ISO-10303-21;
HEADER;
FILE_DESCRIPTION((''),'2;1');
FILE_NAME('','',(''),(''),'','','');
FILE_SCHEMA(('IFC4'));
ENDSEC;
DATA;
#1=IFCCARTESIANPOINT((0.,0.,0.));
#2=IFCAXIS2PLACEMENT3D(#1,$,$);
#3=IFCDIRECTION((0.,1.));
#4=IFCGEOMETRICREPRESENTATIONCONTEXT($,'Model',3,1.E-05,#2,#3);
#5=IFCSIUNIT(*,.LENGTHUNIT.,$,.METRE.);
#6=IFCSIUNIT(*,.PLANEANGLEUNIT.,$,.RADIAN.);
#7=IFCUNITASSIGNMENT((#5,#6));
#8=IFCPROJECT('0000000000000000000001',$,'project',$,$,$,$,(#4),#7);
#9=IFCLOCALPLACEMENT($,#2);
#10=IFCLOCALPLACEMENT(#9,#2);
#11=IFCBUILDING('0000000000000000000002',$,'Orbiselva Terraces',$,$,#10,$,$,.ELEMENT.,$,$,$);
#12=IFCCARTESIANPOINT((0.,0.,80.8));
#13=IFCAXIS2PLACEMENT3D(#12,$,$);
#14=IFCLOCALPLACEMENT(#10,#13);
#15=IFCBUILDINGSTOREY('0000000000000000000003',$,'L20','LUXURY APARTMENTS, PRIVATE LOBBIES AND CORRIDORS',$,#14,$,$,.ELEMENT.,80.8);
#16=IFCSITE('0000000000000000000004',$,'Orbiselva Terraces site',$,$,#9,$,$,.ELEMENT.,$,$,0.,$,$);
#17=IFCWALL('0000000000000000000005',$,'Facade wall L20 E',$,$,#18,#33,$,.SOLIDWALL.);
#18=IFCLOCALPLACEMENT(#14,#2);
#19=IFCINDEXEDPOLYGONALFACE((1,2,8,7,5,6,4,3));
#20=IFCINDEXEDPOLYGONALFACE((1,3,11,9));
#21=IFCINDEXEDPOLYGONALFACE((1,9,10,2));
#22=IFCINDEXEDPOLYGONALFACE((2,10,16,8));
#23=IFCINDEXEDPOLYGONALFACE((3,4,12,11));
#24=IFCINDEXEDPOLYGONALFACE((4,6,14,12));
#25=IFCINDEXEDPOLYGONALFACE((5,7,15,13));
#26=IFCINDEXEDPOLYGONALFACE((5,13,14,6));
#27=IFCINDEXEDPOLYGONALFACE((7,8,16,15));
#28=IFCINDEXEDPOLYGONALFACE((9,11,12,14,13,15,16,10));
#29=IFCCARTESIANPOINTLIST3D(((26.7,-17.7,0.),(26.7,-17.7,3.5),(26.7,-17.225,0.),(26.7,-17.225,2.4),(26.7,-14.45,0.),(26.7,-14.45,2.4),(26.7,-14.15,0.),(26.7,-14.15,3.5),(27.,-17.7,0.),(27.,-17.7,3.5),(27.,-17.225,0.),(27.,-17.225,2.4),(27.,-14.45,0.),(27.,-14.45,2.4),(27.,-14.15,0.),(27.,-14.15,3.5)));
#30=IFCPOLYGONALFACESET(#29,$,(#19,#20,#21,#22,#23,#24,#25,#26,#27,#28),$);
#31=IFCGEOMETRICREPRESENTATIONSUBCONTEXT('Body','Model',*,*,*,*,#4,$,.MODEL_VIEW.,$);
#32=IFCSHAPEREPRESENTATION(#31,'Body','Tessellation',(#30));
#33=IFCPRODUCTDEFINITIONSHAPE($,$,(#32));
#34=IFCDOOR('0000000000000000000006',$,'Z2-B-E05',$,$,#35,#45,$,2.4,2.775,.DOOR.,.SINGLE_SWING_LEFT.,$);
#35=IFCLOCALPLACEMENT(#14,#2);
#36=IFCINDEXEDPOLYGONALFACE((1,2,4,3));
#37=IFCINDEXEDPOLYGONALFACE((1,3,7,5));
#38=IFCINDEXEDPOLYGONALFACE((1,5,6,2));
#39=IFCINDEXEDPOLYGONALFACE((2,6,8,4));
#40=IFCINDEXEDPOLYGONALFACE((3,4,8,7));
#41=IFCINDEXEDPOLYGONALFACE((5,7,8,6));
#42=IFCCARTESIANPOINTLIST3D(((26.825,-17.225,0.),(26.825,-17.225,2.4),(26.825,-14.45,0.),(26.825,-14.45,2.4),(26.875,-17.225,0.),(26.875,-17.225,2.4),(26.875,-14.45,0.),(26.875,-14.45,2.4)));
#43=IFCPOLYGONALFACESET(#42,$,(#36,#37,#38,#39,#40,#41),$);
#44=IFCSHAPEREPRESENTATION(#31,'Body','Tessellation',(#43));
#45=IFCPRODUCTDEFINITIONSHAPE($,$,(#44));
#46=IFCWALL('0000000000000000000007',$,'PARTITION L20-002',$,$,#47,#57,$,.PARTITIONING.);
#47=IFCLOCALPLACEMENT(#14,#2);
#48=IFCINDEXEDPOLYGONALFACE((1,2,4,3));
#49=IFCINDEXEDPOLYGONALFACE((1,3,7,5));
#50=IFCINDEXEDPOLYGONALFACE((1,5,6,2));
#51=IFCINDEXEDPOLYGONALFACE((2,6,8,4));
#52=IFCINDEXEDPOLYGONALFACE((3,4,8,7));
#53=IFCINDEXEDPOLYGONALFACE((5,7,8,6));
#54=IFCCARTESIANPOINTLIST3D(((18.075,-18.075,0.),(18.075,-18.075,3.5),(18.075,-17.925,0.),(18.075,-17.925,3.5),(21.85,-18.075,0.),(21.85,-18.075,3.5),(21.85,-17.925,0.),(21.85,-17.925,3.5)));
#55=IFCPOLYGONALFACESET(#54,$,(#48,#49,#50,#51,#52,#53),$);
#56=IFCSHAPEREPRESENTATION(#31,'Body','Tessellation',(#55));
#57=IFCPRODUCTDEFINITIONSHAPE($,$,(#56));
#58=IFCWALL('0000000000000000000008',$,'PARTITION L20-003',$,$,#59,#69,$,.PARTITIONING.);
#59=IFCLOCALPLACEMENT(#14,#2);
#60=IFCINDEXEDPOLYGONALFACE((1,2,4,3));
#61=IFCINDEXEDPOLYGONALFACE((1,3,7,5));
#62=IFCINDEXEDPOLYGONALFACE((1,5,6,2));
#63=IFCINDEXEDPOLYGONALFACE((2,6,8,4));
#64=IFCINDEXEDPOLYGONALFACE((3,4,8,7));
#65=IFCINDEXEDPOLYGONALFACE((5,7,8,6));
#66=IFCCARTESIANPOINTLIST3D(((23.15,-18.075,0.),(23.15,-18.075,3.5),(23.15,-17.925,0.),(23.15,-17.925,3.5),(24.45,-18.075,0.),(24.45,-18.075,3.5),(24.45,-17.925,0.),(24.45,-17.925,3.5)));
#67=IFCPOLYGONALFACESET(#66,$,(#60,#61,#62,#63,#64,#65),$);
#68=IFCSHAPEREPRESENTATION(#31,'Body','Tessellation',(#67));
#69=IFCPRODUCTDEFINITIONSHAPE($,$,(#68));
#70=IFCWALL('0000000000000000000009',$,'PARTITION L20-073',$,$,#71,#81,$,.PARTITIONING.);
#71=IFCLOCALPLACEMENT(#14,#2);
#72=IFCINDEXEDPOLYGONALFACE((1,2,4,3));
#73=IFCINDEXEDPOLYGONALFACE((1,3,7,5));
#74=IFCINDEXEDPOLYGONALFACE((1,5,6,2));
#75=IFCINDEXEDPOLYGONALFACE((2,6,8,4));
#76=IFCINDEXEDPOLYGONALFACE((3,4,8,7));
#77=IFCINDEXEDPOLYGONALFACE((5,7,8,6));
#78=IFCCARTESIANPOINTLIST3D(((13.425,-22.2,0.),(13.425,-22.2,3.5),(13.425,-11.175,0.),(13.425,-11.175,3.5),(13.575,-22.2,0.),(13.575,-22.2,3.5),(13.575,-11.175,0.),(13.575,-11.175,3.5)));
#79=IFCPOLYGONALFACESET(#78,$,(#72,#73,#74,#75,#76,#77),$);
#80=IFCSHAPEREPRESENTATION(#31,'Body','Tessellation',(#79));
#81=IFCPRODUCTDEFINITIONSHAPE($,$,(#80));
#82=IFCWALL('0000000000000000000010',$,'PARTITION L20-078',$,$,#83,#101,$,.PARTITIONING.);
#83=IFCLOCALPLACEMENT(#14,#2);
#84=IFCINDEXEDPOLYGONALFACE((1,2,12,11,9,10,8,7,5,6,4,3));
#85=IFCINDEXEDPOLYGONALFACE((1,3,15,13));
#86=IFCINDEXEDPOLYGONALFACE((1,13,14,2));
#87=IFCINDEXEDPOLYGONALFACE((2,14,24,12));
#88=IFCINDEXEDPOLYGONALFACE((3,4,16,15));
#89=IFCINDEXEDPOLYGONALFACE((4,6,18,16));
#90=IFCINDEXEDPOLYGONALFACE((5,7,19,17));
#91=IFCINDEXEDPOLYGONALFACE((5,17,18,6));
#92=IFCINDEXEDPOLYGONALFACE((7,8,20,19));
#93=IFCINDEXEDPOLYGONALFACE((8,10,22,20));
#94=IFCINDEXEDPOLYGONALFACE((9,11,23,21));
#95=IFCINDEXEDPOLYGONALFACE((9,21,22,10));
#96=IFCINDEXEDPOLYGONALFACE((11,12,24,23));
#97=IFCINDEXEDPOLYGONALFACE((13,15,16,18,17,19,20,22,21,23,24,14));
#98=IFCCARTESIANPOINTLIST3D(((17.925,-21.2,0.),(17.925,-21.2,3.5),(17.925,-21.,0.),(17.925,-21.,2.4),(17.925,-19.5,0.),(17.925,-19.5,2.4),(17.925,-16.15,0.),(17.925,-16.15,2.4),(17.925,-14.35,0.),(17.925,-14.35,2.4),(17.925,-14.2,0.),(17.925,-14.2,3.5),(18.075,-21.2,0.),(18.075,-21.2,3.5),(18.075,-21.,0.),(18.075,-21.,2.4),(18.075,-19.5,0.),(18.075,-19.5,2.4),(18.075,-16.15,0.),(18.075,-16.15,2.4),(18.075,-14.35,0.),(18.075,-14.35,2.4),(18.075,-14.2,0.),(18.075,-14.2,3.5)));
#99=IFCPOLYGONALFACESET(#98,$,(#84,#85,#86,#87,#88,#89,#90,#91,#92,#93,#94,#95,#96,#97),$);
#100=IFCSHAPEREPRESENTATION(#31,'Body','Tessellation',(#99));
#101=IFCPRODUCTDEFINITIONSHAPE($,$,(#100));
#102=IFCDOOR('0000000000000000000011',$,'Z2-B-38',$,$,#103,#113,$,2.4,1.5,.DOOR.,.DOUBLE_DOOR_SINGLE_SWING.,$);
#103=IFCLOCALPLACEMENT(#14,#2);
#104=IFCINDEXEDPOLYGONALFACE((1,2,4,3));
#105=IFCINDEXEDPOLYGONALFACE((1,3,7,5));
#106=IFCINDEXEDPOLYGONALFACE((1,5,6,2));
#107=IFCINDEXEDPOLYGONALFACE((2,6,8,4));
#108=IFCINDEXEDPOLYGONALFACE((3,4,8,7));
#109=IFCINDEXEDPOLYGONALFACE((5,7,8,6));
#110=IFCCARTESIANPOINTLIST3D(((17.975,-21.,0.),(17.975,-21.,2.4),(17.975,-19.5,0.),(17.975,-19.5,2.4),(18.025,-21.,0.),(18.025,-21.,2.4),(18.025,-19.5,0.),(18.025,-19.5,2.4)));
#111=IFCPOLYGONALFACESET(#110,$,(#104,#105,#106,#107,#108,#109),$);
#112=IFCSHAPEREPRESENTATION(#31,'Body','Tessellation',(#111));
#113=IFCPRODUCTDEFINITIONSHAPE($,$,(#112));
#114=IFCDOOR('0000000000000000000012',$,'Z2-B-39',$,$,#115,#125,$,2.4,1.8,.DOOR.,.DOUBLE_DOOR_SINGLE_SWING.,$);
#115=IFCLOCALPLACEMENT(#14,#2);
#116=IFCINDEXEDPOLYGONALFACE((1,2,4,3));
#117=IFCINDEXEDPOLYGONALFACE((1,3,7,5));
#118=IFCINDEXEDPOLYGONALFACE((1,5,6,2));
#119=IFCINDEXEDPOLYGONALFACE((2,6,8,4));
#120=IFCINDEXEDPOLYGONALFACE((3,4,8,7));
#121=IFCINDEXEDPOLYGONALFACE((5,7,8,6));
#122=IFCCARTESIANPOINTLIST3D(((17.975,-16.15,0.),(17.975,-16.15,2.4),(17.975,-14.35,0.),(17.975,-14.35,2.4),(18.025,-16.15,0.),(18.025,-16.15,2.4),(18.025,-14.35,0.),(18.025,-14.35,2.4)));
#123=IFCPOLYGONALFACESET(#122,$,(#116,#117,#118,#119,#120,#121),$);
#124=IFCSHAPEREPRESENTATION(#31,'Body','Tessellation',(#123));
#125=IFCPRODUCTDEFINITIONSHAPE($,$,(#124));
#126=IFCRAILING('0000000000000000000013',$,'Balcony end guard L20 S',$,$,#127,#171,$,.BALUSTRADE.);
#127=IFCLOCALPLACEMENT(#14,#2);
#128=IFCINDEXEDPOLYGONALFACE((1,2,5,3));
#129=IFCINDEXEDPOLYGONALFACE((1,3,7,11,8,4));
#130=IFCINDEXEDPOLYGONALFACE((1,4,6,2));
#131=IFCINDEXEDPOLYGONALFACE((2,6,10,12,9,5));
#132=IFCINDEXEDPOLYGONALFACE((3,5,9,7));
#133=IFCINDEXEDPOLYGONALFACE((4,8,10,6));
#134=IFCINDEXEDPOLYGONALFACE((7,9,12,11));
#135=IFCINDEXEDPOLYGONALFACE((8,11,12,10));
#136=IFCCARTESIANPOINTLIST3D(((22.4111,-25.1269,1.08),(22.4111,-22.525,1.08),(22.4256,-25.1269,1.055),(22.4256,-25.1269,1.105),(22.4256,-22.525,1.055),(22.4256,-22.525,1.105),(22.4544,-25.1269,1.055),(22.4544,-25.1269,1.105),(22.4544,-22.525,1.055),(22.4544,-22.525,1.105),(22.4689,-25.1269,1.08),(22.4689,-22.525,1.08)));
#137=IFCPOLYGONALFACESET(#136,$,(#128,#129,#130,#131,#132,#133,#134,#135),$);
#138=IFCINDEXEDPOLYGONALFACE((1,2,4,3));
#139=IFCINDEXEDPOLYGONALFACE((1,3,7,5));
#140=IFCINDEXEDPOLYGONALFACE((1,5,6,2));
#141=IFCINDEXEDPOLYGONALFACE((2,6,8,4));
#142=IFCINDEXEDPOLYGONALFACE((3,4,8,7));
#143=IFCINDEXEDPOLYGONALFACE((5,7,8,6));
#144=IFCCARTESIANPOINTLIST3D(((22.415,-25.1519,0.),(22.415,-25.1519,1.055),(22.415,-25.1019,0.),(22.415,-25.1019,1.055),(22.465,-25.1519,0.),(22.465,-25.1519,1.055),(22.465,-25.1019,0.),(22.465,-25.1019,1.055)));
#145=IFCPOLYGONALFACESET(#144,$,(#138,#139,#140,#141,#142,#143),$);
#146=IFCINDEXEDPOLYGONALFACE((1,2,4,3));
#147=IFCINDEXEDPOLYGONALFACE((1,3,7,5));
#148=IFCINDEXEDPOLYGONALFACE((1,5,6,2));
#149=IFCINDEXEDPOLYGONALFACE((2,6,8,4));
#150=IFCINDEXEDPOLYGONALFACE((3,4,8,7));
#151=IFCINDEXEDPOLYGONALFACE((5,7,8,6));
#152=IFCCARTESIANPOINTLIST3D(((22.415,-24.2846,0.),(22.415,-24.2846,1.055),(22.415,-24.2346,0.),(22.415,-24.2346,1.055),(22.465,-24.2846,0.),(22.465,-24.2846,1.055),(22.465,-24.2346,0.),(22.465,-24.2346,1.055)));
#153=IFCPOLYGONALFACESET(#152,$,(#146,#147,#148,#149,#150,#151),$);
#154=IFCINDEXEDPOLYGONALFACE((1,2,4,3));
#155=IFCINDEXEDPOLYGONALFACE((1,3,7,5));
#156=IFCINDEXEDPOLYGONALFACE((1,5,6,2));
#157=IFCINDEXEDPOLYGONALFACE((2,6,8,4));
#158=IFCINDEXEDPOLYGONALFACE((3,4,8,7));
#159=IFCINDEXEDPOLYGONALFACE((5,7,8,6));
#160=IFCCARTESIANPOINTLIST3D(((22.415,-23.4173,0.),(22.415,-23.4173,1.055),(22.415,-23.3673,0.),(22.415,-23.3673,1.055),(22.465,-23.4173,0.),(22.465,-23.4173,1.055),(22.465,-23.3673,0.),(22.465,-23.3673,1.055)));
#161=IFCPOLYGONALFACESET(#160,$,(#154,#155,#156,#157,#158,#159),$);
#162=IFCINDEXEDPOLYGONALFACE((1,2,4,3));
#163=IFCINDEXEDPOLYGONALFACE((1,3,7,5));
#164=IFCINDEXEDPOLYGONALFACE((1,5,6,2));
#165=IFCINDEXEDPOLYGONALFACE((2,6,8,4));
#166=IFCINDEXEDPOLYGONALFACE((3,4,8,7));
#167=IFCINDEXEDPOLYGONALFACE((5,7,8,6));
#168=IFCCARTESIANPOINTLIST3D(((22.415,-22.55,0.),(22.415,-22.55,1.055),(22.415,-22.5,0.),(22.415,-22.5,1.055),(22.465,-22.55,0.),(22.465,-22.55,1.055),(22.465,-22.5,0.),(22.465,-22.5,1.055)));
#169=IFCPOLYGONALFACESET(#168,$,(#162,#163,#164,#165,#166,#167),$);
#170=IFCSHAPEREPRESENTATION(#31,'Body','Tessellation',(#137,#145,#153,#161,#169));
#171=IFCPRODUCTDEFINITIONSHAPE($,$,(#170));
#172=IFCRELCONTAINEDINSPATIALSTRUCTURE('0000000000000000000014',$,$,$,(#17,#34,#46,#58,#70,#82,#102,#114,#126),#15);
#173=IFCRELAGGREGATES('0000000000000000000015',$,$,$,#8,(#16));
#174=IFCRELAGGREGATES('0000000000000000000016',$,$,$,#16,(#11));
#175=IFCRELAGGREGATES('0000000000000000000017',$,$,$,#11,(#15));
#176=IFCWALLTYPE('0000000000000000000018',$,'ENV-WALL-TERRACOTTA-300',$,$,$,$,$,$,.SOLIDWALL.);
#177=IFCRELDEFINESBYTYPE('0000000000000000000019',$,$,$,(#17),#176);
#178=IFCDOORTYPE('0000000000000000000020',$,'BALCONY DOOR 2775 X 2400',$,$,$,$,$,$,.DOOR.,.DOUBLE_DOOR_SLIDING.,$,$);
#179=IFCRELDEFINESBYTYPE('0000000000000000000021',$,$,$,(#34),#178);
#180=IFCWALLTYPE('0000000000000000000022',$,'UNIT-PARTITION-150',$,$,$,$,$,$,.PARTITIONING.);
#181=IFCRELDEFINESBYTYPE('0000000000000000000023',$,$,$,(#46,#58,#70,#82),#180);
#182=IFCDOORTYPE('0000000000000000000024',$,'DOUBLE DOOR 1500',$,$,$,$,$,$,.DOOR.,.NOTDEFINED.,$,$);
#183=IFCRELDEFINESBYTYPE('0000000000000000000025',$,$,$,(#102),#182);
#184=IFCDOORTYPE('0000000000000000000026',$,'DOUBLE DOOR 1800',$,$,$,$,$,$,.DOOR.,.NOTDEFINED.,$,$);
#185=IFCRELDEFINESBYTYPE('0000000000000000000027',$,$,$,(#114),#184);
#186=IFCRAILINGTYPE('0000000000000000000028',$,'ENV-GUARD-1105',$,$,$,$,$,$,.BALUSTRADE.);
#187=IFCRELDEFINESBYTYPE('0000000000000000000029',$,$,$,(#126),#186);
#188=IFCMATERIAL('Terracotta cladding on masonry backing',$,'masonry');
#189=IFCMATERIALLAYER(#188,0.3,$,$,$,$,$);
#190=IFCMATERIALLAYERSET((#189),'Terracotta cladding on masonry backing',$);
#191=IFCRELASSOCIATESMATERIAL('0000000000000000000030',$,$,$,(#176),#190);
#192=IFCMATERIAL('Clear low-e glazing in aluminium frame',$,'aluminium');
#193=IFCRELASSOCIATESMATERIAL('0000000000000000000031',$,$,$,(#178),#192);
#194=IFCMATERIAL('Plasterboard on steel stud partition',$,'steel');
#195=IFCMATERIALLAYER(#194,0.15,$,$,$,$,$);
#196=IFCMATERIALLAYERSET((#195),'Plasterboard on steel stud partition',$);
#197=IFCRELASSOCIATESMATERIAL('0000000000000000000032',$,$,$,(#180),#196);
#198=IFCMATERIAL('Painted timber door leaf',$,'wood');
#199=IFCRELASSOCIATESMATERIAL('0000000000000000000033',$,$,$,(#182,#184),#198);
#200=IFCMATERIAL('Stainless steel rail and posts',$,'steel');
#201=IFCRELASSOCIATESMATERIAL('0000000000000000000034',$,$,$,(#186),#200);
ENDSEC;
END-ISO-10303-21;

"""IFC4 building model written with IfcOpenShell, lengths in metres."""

from ifc_helpers import new_model, si_unit, direction, frame, frame_2d, origin, origin_2d, place, context, subcontext, project, spatial, polyline, rectangle, outline, extrude, material, layer, layer_set, type_object, element, fill, save


model = new_model("IFC4")

# Units and contexts
model_context = context("Model", 3, precision=1e-05, world=origin(), true_north=direction((0.0, 1.0)))
body_context = subcontext(model_context, "Body", "Model", "MODEL_VIEW")
ifc_project = project(units=[si_unit("LENGTHUNIT", "METRE"), si_unit("PLANEANGLEUNIT", "RADIAN")], contexts=[model_context])

# Site, building, storey
site_placement = place(None, origin())
site = spatial("IfcSite", under=ifc_project, at=site_placement, Name="Orbiselva Terraces site", CompositionType="ELEMENT", RefElevation=0.0)
building_placement = place(site_placement, origin())
building = spatial("IfcBuilding", under=site, at=building_placement, Name="Orbiselva Terraces", CompositionType="ELEMENT")
storey_placement = place(building_placement, frame((0.0, 0.0, 80.8)))
storey = spatial("IfcBuildingStorey", under=building, at=storey_placement, Name="L20", Description="LUXURY APARTMENTS, PRIVATE LOBBIES AND CORRIDORS", CompositionType="ELEMENT", Elevation=80.8)

# Shared definitions
ifc_material_1 = material(Name="Terracotta cladding on masonry backing", Category="masonry")
ifc_layer_1 = layer(ifc_material_1, 0.3)
ifc_layer_set_1 = layer_set([ifc_layer_1], Name="Terracotta cladding on masonry backing")
wall_type_1 = type_object("IfcWallType", Name="ENV-WALL-TERRACOTTA-300", PredefinedType="SOLIDWALL", material=ifc_layer_set_1)
ifc_material_2 = material(Name="Clear low-e glazing in aluminium frame", Category="aluminium")
door_type_1 = type_object("IfcDoorType", Name="BALCONY DOOR 2775 X 2400", OperationType="DOUBLE_DOOR_SLIDING", PredefinedType="DOOR", material=ifc_material_2)

# Wall, opening, door
wall_1_placement = place(storey_placement, frame((26.85, -14.15, 0.0), z_axis=(0.0, 0.0, 1.0), x_axis=(0.0, -1.0, 0.0)))
wall_1 = element("IfcWall", 1, at=wall_1_placement, inside=storey, type_object=wall_type_1, Name="Facade wall L20 E", PredefinedType="SOLIDWALL", context=body_context, shape_type="SweptSolid", body=[
    extrude(rectangle(XDim=3.55, YDim=0.3, at=frame_2d((1.775, 0.0))), origin(), (0.0, 0.0, 1.0), 3.5),
])
opening_1_placement = place(wall_1_placement, frame((0.3, 0.0, 0.0)))
opening_1 = element("IfcOpeningElement", 2, at=opening_1_placement, cuts=wall_1, PredefinedType="OPENING", context=body_context, shape_type="SweptSolid", body=[
    extrude(rectangle(XDim=2.775, YDim=2.4, at=frame_2d((1.3875, 1.2))), frame((0.0, 0.16, 0.0), z_axis=(0.0, -1.0, 0.0), x_axis=(1.0, 0.0, 0.0)), (0.0, 0.0, 1.0), 0.32),
])
door_1_placement = place(opening_1_placement, origin())
door_1 = element("IfcDoor", 3, at=door_1_placement, inside=storey, type_object=door_type_1, Name="Z2-B-E05", OperationType="SINGLE_SWING_LEFT", OverallHeight=2.4, OverallWidth=2.775, PredefinedType="DOOR", context=body_context, shape_type="SweptSolid", body=[
    extrude(rectangle(XDim=2.775, YDim=2.4, at=frame_2d((1.3875, 1.2))), frame((0.0, 0.025, 0.0), z_axis=(0.0, -1.0, 0.0), x_axis=(1.0, 0.0, 0.0)), (0.0, 0.0, 1.0), 0.05),
])
fill(opening_1, door_1)

# Walls
ifc_material_3 = material(Name="Plasterboard on steel stud partition", Category="steel")
ifc_layer_2 = layer(ifc_material_3, 0.15)
ifc_layer_set_2 = layer_set([ifc_layer_2], Name="Plasterboard on steel stud partition")
wall_type_2 = type_object("IfcWallType", Name="UNIT-PARTITION-150", PredefinedType="PARTITIONING", material=ifc_layer_set_2)
wall_2_placement = place(storey_placement, frame((18.075, -18.0, 0.0), z_axis=(0.0, 0.0, 1.0), x_axis=(1.0, 0.0, 0.0)))
element("IfcWall", 4, at=wall_2_placement, inside=storey, type_object=wall_type_2, Name="PARTITION L20-002", PredefinedType="PARTITIONING", context=body_context, shape_type="SweptSolid", body=[
    extrude(rectangle(XDim=3.775, YDim=0.15, at=frame_2d((1.8875, 0.0))), origin(), (0.0, 0.0, 1.0), 3.5),
])
wall_3_placement = place(storey_placement, frame((23.15, -18.0, 0.0), z_axis=(0.0, 0.0, 1.0), x_axis=(1.0, 0.0, 0.0)))
element("IfcWall", 5, at=wall_3_placement, inside=storey, type_object=wall_type_2, Name="PARTITION L20-003", PredefinedType="PARTITIONING", context=body_context, shape_type="SweptSolid", body=[
    extrude(rectangle(XDim=1.3, YDim=0.15, at=frame_2d((0.65, 0.0))), origin(), (0.0, 0.0, 1.0), 3.5),
])
wall_4_placement = place(storey_placement, frame((13.5, -22.2, 0.0), z_axis=(0.0, 0.0, 1.0), x_axis=(0.0, 1.0, 0.0)))
element("IfcWall", 6, at=wall_4_placement, inside=storey, type_object=wall_type_2, Name="PARTITION L20-073", PredefinedType="PARTITIONING", context=body_context, shape_type="SweptSolid", body=[
    extrude(rectangle(XDim=11.025, YDim=0.15, at=frame_2d((5.5125, 0.0))), origin(), (0.0, 0.0, 1.0), 3.5),
])

# Wall, openings, doors
wall_5_placement = place(storey_placement, frame((18.0, -14.2, 0.0), z_axis=(0.0, 0.0, 1.0), x_axis=(0.0, -1.0, 0.0)))
wall_5 = element("IfcWall", 7, at=wall_5_placement, inside=storey, type_object=wall_type_2, Name="PARTITION L20-078", PredefinedType="PARTITIONING", context=body_context, shape_type="SweptSolid", body=[
    extrude(rectangle(XDim=7.0, YDim=0.15, at=frame_2d((3.5, 0.0))), origin(), (0.0, 0.0, 1.0), 3.5),
])
opening_2_placement = place(wall_5_placement, frame((5.3, 0.0, 0.0)))
opening_2 = element("IfcOpeningElement", 8, at=opening_2_placement, cuts=wall_5, PredefinedType="OPENING", context=body_context, shape_type="SweptSolid", body=[
    extrude(rectangle(XDim=1.5, YDim=2.4, at=frame_2d((0.75, 1.2))), frame((0.0, 0.085, 0.0), z_axis=(0.0, -1.0, 0.0), x_axis=(1.0, 0.0, 0.0)), (0.0, 0.0, 1.0), 0.17),
])
opening_3_placement = place(wall_5_placement, frame((0.15, 0.0, 0.0)))
opening_3 = element("IfcOpeningElement", 9, at=opening_3_placement, cuts=wall_5, PredefinedType="OPENING", context=body_context, shape_type="SweptSolid", body=[
    extrude(rectangle(XDim=1.8, YDim=2.4, at=frame_2d((0.9, 1.2))), frame((0.0, 0.085, 0.0), z_axis=(0.0, -1.0, 0.0), x_axis=(1.0, 0.0, 0.0)), (0.0, 0.0, 1.0), 0.17),
])
ifc_material_4 = material(Name="Painted timber door leaf", Category="wood")
door_type_2 = type_object("IfcDoorType", Name="DOUBLE DOOR 1500", OperationType="NOTDEFINED", PredefinedType="DOOR", material=ifc_material_4)
door_2_placement = place(opening_2_placement, origin())
door_2 = element("IfcDoor", 10, at=door_2_placement, inside=storey, type_object=door_type_2, Name="Z2-B-38", OperationType="DOUBLE_DOOR_SINGLE_SWING", OverallHeight=2.4, OverallWidth=1.5, PredefinedType="DOOR", context=body_context, shape_type="SweptSolid", body=[
    extrude(rectangle(XDim=1.5, YDim=2.4, at=frame_2d((0.75, 1.2))), frame((0.0, 0.025, 0.0), z_axis=(0.0, -1.0, 0.0), x_axis=(1.0, 0.0, 0.0)), (0.0, 0.0, 1.0), 0.05),
])
fill(opening_2, door_2)
door_type_3 = type_object("IfcDoorType", Name="DOUBLE DOOR 1800", OperationType="NOTDEFINED", PredefinedType="DOOR", material=ifc_material_4)
door_3_placement = place(opening_3_placement, origin())
door_3 = element("IfcDoor", 11, at=door_3_placement, inside=storey, type_object=door_type_3, Name="Z2-B-39", OperationType="DOUBLE_DOOR_SINGLE_SWING", OverallHeight=2.4, OverallWidth=1.8, PredefinedType="DOOR", context=body_context, shape_type="SweptSolid", body=[
    extrude(rectangle(XDim=1.8, YDim=2.4, at=frame_2d((0.9, 1.2))), frame((0.0, 0.025, 0.0), z_axis=(0.0, -1.0, 0.0), x_axis=(1.0, 0.0, 0.0)), (0.0, 0.0, 1.0), 0.05),
])
fill(opening_3, door_3)

# Railing
ifc_material_5 = material(Name="Stainless steel rail and posts", Category="steel")
railing_type_1 = type_object("IfcRailingType", Name="ENV-GUARD-1105", PredefinedType="BALUSTRADE", material=ifc_material_5)
railing_1_placement = place(storey_placement, frame((22.44, -25.1269, 0.0)))
element("IfcRailing", 12, at=railing_1_placement, inside=storey, type_object=railing_type_1, Name="Balcony end guard L20 S", PredefinedType="BALUSTRADE", context=body_context, shape_type="SweptSolid", body=[
    extrude(outline(polyline([(0.0289, 0.0), (0.0144, 0.025), (-0.0144, 0.025), (-0.0289, 0.0), (-0.0144, -0.025), (0.0144, -0.025), (0.0289, 0.0)])), frame((0.0, 0.0, 1.08), z_axis=(0.0, 1.0, 0.0), x_axis=(-1.0, 0.0, 0.0)), (0.0, 0.0, 1.0), 2.6019),
    extrude(rectangle(XDim=0.05, YDim=0.05, at=origin_2d()), origin(), (0.0, 0.0, 1.0), 1.055),
    extrude(rectangle(XDim=0.05, YDim=0.05, at=origin_2d()), frame((0.0, 0.8673, 0.0)), (0.0, 0.0, 1.0), 1.055),
    extrude(rectangle(XDim=0.05, YDim=0.05, at=origin_2d()), frame((0.0, 1.7346, 0.0)), (0.0, 0.0, 1.0), 1.055),
    extrude(rectangle(XDim=0.05, YDim=0.05, at=origin_2d()), frame((0.0, 2.6019, 0.0)), (0.0, 0.0, 1.0), 1.055),
])

save(model, "model.ifc")
